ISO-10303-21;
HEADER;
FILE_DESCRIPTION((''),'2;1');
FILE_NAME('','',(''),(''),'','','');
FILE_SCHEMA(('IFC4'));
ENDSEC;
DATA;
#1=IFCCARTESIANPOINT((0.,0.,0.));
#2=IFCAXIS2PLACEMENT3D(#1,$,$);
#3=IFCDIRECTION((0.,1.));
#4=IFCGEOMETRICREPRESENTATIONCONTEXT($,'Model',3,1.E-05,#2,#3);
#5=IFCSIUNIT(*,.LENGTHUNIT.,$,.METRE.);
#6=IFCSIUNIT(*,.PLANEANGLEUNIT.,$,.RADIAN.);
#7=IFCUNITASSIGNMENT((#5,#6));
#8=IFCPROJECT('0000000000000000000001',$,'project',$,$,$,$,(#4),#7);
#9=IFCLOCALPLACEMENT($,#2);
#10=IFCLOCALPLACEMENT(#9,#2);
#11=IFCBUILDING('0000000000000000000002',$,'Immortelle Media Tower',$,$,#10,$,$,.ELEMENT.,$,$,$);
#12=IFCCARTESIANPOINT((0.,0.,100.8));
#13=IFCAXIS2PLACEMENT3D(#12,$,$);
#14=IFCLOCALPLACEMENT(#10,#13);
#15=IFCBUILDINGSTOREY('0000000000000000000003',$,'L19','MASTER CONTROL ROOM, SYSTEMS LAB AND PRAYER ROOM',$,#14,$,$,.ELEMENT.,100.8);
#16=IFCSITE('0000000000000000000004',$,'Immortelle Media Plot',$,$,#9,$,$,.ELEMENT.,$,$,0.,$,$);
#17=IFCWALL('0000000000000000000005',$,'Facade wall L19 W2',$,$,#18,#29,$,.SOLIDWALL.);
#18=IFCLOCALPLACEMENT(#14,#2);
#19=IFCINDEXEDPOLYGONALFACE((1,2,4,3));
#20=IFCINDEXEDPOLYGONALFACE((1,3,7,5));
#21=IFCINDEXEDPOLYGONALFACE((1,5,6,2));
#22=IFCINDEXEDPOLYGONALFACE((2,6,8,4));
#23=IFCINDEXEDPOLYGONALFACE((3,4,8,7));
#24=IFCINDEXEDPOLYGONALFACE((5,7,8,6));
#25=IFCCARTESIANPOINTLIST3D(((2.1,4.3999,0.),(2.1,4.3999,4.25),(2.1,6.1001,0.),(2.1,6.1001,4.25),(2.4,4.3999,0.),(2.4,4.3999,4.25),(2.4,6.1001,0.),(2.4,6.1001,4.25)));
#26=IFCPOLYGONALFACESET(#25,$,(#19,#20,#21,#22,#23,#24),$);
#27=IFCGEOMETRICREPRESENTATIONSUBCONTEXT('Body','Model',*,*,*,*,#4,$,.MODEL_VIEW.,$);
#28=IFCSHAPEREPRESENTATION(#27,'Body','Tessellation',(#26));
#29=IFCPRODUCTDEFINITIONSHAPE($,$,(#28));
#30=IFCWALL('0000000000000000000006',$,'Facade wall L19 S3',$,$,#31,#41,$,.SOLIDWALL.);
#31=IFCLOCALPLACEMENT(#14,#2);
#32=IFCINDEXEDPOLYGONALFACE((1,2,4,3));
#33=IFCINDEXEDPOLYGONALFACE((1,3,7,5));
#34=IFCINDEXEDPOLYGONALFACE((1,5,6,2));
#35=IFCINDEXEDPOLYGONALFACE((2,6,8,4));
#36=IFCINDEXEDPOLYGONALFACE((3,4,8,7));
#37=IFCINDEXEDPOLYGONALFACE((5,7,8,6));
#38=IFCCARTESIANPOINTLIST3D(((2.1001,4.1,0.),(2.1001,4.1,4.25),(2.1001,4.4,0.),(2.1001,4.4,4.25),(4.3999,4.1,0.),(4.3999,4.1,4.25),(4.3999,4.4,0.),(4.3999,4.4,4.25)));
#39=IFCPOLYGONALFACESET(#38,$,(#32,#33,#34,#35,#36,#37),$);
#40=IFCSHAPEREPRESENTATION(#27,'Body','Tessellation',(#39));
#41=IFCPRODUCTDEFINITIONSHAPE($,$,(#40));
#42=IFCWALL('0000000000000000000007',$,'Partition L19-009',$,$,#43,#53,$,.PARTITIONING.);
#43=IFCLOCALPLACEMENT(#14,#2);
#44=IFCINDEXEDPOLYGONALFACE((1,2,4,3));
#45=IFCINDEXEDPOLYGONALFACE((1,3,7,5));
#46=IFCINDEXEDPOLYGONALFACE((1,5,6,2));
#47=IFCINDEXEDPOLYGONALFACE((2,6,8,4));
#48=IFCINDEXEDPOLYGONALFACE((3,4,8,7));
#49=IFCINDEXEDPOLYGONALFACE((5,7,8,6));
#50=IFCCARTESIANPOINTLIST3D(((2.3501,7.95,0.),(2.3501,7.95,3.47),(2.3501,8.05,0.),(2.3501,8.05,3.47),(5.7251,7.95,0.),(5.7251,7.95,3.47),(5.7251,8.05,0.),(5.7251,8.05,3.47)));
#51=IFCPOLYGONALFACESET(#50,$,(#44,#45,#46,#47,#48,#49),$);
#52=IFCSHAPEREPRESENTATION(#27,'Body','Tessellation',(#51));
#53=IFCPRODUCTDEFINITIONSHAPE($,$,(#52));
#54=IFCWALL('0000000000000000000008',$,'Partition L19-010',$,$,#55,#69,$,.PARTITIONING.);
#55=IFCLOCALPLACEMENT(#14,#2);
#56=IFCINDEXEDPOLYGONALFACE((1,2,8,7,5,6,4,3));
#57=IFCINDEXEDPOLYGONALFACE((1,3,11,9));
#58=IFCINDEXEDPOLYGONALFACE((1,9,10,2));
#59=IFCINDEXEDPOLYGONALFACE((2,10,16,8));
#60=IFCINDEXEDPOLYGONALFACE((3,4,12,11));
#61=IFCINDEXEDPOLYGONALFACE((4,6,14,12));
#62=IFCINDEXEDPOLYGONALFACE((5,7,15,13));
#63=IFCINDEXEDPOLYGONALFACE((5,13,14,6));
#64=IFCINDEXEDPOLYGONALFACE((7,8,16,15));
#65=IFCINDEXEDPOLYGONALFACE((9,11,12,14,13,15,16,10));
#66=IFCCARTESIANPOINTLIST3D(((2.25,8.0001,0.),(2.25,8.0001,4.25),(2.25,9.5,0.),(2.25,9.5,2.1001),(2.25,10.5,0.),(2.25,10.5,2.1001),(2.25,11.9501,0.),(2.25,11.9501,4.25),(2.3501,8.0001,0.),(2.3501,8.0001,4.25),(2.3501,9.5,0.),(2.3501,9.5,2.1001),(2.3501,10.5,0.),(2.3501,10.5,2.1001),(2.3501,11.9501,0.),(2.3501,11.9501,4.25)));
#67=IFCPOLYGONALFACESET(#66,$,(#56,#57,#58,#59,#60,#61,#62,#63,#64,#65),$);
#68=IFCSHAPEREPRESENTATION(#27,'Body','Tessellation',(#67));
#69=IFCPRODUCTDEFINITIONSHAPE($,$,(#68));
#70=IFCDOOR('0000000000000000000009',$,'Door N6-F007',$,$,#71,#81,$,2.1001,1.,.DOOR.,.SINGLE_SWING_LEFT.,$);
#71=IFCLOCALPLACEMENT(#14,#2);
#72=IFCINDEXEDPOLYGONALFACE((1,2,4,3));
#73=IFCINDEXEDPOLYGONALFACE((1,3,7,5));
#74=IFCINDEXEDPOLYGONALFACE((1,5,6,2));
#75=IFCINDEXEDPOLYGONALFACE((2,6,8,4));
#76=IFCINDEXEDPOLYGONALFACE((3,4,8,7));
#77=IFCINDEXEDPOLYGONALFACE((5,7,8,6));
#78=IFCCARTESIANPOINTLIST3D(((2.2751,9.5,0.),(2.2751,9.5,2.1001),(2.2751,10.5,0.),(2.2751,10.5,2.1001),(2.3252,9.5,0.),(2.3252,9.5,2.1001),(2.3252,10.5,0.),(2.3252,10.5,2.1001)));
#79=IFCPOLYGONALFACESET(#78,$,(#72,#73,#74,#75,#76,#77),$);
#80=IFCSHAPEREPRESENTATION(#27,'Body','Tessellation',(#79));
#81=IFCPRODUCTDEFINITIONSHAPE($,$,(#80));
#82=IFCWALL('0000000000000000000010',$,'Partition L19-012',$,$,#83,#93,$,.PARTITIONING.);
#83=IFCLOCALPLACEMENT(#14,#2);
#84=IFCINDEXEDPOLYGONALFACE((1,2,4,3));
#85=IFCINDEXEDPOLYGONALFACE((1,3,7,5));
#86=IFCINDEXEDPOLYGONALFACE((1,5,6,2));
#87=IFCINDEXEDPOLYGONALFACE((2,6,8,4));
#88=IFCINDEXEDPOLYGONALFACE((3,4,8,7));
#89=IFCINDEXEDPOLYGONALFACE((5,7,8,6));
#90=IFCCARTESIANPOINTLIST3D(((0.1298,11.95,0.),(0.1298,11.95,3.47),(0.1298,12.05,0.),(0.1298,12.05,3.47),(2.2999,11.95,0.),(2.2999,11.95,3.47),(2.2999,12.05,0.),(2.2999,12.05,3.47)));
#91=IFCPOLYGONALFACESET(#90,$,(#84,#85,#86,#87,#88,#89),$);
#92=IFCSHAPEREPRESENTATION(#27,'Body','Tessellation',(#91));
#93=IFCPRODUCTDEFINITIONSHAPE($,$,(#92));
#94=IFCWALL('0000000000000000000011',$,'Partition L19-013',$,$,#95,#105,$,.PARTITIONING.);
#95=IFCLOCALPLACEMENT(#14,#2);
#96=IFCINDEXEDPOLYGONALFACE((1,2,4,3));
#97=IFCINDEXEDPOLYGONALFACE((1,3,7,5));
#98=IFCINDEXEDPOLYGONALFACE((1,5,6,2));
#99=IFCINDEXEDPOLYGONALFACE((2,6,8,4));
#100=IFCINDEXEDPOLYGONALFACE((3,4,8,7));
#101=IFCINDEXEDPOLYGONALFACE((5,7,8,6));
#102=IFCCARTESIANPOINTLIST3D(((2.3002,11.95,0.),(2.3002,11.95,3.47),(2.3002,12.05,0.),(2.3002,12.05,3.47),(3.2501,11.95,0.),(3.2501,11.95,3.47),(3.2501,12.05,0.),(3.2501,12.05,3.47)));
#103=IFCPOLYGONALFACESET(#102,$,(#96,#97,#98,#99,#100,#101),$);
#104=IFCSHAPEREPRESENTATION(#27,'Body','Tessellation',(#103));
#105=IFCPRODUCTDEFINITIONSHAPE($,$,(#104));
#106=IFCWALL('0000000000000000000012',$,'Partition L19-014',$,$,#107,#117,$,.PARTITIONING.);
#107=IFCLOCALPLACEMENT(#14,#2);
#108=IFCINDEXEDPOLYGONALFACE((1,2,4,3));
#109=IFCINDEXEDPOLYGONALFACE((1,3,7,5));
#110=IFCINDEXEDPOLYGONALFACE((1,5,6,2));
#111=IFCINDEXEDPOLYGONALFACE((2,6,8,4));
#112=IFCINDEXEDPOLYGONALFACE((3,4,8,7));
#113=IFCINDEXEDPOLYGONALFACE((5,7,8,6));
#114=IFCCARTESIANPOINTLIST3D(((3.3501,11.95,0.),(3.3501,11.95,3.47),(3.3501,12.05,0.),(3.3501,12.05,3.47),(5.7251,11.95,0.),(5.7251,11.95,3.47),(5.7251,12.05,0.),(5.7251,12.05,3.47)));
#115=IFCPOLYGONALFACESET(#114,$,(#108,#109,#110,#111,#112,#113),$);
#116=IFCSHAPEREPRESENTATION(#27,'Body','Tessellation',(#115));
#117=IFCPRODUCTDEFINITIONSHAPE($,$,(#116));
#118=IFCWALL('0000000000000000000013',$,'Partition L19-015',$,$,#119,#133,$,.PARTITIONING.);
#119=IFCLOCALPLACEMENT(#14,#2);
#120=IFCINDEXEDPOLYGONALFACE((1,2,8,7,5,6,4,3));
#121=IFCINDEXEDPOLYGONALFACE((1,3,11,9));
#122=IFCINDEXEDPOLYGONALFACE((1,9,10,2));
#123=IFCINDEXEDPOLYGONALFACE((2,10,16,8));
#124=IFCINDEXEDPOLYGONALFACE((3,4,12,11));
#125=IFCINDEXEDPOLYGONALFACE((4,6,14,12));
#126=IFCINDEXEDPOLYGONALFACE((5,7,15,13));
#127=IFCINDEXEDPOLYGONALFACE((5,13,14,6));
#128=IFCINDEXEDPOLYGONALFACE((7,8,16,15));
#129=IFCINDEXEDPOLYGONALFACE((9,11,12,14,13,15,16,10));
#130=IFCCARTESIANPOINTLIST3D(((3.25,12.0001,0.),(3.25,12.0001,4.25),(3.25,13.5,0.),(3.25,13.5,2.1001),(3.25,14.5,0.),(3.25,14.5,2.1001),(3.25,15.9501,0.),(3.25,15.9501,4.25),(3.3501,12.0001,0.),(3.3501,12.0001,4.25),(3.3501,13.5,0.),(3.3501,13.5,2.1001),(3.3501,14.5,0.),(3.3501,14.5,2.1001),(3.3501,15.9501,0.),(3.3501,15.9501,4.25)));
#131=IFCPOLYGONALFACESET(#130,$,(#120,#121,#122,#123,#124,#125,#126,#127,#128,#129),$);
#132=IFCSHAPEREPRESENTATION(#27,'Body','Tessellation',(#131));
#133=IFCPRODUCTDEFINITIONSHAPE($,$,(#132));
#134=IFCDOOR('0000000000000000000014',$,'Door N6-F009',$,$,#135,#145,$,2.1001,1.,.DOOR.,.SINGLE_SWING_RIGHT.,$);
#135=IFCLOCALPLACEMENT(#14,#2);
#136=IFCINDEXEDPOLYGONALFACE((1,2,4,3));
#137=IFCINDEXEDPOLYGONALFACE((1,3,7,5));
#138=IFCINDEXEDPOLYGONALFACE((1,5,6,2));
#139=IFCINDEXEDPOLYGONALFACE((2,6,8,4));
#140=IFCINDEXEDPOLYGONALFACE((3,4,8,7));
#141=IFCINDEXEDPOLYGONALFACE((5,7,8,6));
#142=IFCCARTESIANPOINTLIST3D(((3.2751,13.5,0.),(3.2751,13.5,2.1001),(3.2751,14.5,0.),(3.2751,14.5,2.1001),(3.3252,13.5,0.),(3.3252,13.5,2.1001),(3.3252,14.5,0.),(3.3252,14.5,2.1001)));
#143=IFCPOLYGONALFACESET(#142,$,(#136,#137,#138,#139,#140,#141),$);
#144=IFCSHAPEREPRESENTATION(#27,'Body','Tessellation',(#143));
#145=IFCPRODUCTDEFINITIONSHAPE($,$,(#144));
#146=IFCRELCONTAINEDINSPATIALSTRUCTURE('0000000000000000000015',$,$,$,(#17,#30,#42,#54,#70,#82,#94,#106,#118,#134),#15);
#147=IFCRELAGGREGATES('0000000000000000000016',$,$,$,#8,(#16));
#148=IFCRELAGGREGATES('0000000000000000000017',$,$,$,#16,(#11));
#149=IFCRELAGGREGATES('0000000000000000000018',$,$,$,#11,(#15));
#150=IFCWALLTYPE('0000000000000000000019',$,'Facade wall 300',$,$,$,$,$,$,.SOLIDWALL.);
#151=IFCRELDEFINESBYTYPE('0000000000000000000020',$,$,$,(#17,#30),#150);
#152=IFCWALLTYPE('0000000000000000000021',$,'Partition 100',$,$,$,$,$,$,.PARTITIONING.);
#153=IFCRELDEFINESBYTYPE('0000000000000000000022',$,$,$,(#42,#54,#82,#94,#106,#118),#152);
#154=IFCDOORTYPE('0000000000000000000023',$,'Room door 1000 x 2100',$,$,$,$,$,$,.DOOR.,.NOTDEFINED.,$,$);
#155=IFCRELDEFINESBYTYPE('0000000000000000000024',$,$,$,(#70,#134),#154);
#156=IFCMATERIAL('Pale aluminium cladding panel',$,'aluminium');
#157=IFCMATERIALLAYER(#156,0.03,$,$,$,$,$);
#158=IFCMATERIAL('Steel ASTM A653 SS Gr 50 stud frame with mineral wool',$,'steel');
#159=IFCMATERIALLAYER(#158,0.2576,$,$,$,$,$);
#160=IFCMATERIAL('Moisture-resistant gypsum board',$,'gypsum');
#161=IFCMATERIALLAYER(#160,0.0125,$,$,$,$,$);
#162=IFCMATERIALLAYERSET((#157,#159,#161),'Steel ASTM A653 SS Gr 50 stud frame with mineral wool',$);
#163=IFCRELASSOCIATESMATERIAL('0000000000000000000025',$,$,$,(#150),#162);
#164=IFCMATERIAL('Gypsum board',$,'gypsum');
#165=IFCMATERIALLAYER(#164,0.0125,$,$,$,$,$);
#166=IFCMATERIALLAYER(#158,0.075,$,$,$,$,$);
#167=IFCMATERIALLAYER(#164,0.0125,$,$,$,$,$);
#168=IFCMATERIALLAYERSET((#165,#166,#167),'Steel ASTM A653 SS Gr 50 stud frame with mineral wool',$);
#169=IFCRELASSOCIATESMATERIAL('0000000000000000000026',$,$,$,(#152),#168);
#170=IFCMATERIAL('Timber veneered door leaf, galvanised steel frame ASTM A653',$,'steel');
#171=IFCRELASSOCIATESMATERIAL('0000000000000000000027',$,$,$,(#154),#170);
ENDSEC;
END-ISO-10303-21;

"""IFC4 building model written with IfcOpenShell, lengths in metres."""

from ifc_helpers import new_model, si_unit, direction, frame, frame_2d, origin, place, context, subcontext, project, spatial, rectangle, extrude, material, layer, layer_set, type_object, element, fill, save


model = new_model("IFC4")

# Units and contexts
model_context = context("Model", 3, precision=1e-05, world=origin(), true_north=direction((0.0, 1.0)))
body_context = subcontext(model_context, "Body", "Model", "MODEL_VIEW")
ifc_project = project(units=[si_unit("LENGTHUNIT", "METRE"), si_unit("PLANEANGLEUNIT", "RADIAN")], contexts=[model_context])

# Site, building, storey
site_placement = place(None, origin())
site = spatial("IfcSite", under=ifc_project, at=site_placement, Name="Immortelle Media Plot", CompositionType="ELEMENT", RefElevation=0.0)
building_placement = place(site_placement, origin())
building = spatial("IfcBuilding", under=site, at=building_placement, Name="Immortelle Media Tower", CompositionType="ELEMENT")
storey_placement = place(building_placement, frame((0.0, 0.0, 100.8)))
storey = spatial("IfcBuildingStorey", under=building, at=storey_placement, Name="L19", Description="MASTER CONTROL ROOM, SYSTEMS LAB AND PRAYER ROOM", CompositionType="ELEMENT", Elevation=100.8)

# Walls
ifc_material_1 = material(Name="Pale aluminium cladding panel", Category="aluminium")
ifc_layer_1 = layer(ifc_material_1, 0.03)
ifc_material_2 = material(Name="Steel ASTM A653 SS Gr 50 stud frame with mineral wool", Category="steel")
ifc_layer_2 = layer(ifc_material_2, 0.2576)
ifc_material_3 = material(Name="Moisture-resistant gypsum board", Category="gypsum")
ifc_layer_3 = layer(ifc_material_3, 0.0125)
ifc_layer_set_1 = layer_set([ifc_layer_1, ifc_layer_2, ifc_layer_3], Name="Steel ASTM A653 SS Gr 50 stud frame with mineral wool")
wall_type_1 = type_object("IfcWallType", Name="Facade wall 300", PredefinedType="SOLIDWALL", material=ifc_layer_set_1)
wall_1_placement = place(storey_placement, frame((2.25, 6.1001, 0.0), z_axis=(0.0, 0.0, 1.0), x_axis=(0.0, -1.0, 0.0)))
element("IfcWall", 1, at=wall_1_placement, inside=storey, type_object=wall_type_1, Name="Facade wall L19 W2", PredefinedType="SOLIDWALL", context=body_context, shape_type="SweptSolid", body=[
    extrude(rectangle(XDim=1.7002, YDim=0.3, at=frame_2d((0.8501, 0.0))), origin(), (0.0, 0.0, 1.0), 4.25),
])
wall_2_placement = place(storey_placement, frame((2.1001, 4.25, 0.0), z_axis=(0.0, 0.0, 1.0), x_axis=(1.0, 0.0, 0.0)))
element("IfcWall", 2, at=wall_2_placement, inside=storey, type_object=wall_type_1, Name="Facade wall L19 S3", PredefinedType="SOLIDWALL", context=body_context, shape_type="SweptSolid", body=[
    extrude(rectangle(XDim=2.2998, YDim=0.3, at=frame_2d((1.1499, 0.0))), origin(), (0.0, 0.0, 1.0), 4.25),
])
ifc_material_4 = material(Name="Gypsum board", Category="gypsum")
ifc_layer_4 = layer(ifc_material_4, 0.0125)
ifc_layer_5 = layer(ifc_material_2, 0.075)
ifc_layer_6 = layer(ifc_material_4, 0.0125)
ifc_layer_set_2 = layer_set([ifc_layer_4, ifc_layer_5, ifc_layer_6], Name="Steel ASTM A653 SS Gr 50 stud frame with mineral wool")
wall_type_2 = type_object("IfcWallType", Name="Partition 100", PredefinedType="PARTITIONING", material=ifc_layer_set_2)
wall_3_placement = place(storey_placement, frame((2.3501, 8.0, 0.0), z_axis=(0.0, 0.0, 1.0), x_axis=(1.0, 0.0, 0.0)))
element("IfcWall", 3, at=wall_3_placement, inside=storey, type_object=wall_type_2, Name="Partition L19-009", PredefinedType="PARTITIONING", context=body_context, shape_type="SweptSolid", body=[
    extrude(rectangle(XDim=3.375, YDim=0.1001, at=frame_2d((1.6875, 0.0))), origin(), (0.0, 0.0, 1.0), 3.47),
])

# Wall, opening, door
wall_4_placement = place(storey_placement, frame((2.3, 8.0, 0.0), z_axis=(0.0, 0.0, 1.0), x_axis=(0.0, 1.0, 0.0)))
wall_4 = element("IfcWall", 4, at=wall_4_placement, inside=storey, type_object=wall_type_2, Name="Partition L19-010", PredefinedType="PARTITIONING", context=body_context, shape_type="SweptSolid", body=[
    extrude(rectangle(XDim=3.95, YDim=0.1001, at=frame_2d((1.9751, 0.0))), origin(), (0.0, 0.0, 1.0), 4.25),
])
opening_1_placement = place(wall_4_placement, frame((1.5, 0.0, 0.0)))
opening_1 = element("IfcOpeningElement", 5, at=opening_1_placement, cuts=wall_4, PredefinedType="OPENING", context=body_context, shape_type="SweptSolid", body=[
    extrude(rectangle(XDim=1.0, YDim=2.1001, at=frame_2d((0.5, 1.05))), frame((0.0, 0.0601, 0.0), z_axis=(0.0, -1.0, 0.0), x_axis=(1.0, 0.0, 0.0)), (0.0, 0.0, 1.0), 0.1201),
])
ifc_material_5 = material(Name="Timber veneered door leaf, galvanised steel frame ASTM A653", Category="steel")
door_type = type_object("IfcDoorType", Name="Room door 1000 x 2100", OperationType="NOTDEFINED", PredefinedType="DOOR", material=ifc_material_5)
door_1_placement = place(opening_1_placement, origin())
door_1 = element("IfcDoor", 6, at=door_1_placement, inside=storey, type_object=door_type, Name="Door N6-F007", OperationType="SINGLE_SWING_LEFT", OverallHeight=2.1001, OverallWidth=1.0, PredefinedType="DOOR", context=body_context, shape_type="SweptSolid", body=[
    extrude(rectangle(XDim=1.0, YDim=2.1001, at=frame_2d((0.5, 1.05))), frame((0.0, 0.0249, 0.0), z_axis=(0.0, -1.0, 0.0), x_axis=(1.0, 0.0, 0.0)), (0.0, 0.0, 1.0), 0.05),
])
fill(opening_1, door_1)

# Walls
wall_5_placement = place(storey_placement, frame((0.1299, 12.0, 0.0), z_axis=(0.0, 0.0, 1.0), x_axis=(1.0, 0.0, 0.0)))
element("IfcWall", 7, at=wall_5_placement, inside=storey, type_object=wall_type_2, Name="Partition L19-012", PredefinedType="PARTITIONING", context=body_context, shape_type="SweptSolid", body=[
    extrude(rectangle(XDim=2.1702, YDim=0.1001, at=frame_2d((1.085, 0.0))), origin(), (0.0, 0.0, 1.0), 3.47),
])
wall_6_placement = place(storey_placement, frame((2.3, 12.0, 0.0), z_axis=(0.0, 0.0, 1.0), x_axis=(1.0, 0.0, 0.0)))
element("IfcWall", 8, at=wall_6_placement, inside=storey, type_object=wall_type_2, Name="Partition L19-013", PredefinedType="PARTITIONING", context=body_context, shape_type="SweptSolid", body=[
    extrude(rectangle(XDim=0.95, YDim=0.1001, at=frame_2d((0.4751, 0.0))), origin(), (0.0, 0.0, 1.0), 3.47),
])
wall_7_placement = place(storey_placement, frame((3.3501, 12.0, 0.0), z_axis=(0.0, 0.0, 1.0), x_axis=(1.0, 0.0, 0.0)))
element("IfcWall", 9, at=wall_7_placement, inside=storey, type_object=wall_type_2, Name="Partition L19-014", PredefinedType="PARTITIONING", context=body_context, shape_type="SweptSolid", body=[
    extrude(rectangle(XDim=2.375, YDim=0.1001, at=frame_2d((1.1875, 0.0))), origin(), (0.0, 0.0, 1.0), 3.47),
])

# Wall, opening, door
wall_8_placement = place(storey_placement, frame((3.3, 12.0, 0.0), z_axis=(0.0, 0.0, 1.0), x_axis=(0.0, 1.0, 0.0)))
wall_8 = element("IfcWall", 10, at=wall_8_placement, inside=storey, type_object=wall_type_2, Name="Partition L19-015", PredefinedType="PARTITIONING", context=body_context, shape_type="SweptSolid", body=[
    extrude(rectangle(XDim=3.95, YDim=0.1001, at=frame_2d((1.9751, 0.0))), origin(), (0.0, 0.0, 1.0), 4.25),
])
opening_2_placement = place(wall_8_placement, frame((1.5, 0.0, 0.0)))
opening_2 = element("IfcOpeningElement", 11, at=opening_2_placement, cuts=wall_8, PredefinedType="OPENING", context=body_context, shape_type="SweptSolid", body=[
    extrude(rectangle(XDim=1.0, YDim=2.1001, at=frame_2d((0.5, 1.05))), frame((0.0, 0.0601, 0.0), z_axis=(0.0, -1.0, 0.0), x_axis=(1.0, 0.0, 0.0)), (0.0, 0.0, 1.0), 0.1201),
])
door_2_placement = place(opening_2_placement, origin())
door_2 = element("IfcDoor", 12, at=door_2_placement, inside=storey, type_object=door_type, Name="Door N6-F009", OperationType="SINGLE_SWING_RIGHT", OverallHeight=2.1001, OverallWidth=1.0, PredefinedType="DOOR", context=body_context, shape_type="SweptSolid", body=[
    extrude(rectangle(XDim=1.0, YDim=2.1001, at=frame_2d((0.5, 1.05))), frame((0.0, 0.0249, 0.0), z_axis=(0.0, -1.0, 0.0), x_axis=(1.0, 0.0, 0.0)), (0.0, 0.0, 1.0), 0.05),
])
fill(opening_2, door_2)

save(model, "model.ifc")
